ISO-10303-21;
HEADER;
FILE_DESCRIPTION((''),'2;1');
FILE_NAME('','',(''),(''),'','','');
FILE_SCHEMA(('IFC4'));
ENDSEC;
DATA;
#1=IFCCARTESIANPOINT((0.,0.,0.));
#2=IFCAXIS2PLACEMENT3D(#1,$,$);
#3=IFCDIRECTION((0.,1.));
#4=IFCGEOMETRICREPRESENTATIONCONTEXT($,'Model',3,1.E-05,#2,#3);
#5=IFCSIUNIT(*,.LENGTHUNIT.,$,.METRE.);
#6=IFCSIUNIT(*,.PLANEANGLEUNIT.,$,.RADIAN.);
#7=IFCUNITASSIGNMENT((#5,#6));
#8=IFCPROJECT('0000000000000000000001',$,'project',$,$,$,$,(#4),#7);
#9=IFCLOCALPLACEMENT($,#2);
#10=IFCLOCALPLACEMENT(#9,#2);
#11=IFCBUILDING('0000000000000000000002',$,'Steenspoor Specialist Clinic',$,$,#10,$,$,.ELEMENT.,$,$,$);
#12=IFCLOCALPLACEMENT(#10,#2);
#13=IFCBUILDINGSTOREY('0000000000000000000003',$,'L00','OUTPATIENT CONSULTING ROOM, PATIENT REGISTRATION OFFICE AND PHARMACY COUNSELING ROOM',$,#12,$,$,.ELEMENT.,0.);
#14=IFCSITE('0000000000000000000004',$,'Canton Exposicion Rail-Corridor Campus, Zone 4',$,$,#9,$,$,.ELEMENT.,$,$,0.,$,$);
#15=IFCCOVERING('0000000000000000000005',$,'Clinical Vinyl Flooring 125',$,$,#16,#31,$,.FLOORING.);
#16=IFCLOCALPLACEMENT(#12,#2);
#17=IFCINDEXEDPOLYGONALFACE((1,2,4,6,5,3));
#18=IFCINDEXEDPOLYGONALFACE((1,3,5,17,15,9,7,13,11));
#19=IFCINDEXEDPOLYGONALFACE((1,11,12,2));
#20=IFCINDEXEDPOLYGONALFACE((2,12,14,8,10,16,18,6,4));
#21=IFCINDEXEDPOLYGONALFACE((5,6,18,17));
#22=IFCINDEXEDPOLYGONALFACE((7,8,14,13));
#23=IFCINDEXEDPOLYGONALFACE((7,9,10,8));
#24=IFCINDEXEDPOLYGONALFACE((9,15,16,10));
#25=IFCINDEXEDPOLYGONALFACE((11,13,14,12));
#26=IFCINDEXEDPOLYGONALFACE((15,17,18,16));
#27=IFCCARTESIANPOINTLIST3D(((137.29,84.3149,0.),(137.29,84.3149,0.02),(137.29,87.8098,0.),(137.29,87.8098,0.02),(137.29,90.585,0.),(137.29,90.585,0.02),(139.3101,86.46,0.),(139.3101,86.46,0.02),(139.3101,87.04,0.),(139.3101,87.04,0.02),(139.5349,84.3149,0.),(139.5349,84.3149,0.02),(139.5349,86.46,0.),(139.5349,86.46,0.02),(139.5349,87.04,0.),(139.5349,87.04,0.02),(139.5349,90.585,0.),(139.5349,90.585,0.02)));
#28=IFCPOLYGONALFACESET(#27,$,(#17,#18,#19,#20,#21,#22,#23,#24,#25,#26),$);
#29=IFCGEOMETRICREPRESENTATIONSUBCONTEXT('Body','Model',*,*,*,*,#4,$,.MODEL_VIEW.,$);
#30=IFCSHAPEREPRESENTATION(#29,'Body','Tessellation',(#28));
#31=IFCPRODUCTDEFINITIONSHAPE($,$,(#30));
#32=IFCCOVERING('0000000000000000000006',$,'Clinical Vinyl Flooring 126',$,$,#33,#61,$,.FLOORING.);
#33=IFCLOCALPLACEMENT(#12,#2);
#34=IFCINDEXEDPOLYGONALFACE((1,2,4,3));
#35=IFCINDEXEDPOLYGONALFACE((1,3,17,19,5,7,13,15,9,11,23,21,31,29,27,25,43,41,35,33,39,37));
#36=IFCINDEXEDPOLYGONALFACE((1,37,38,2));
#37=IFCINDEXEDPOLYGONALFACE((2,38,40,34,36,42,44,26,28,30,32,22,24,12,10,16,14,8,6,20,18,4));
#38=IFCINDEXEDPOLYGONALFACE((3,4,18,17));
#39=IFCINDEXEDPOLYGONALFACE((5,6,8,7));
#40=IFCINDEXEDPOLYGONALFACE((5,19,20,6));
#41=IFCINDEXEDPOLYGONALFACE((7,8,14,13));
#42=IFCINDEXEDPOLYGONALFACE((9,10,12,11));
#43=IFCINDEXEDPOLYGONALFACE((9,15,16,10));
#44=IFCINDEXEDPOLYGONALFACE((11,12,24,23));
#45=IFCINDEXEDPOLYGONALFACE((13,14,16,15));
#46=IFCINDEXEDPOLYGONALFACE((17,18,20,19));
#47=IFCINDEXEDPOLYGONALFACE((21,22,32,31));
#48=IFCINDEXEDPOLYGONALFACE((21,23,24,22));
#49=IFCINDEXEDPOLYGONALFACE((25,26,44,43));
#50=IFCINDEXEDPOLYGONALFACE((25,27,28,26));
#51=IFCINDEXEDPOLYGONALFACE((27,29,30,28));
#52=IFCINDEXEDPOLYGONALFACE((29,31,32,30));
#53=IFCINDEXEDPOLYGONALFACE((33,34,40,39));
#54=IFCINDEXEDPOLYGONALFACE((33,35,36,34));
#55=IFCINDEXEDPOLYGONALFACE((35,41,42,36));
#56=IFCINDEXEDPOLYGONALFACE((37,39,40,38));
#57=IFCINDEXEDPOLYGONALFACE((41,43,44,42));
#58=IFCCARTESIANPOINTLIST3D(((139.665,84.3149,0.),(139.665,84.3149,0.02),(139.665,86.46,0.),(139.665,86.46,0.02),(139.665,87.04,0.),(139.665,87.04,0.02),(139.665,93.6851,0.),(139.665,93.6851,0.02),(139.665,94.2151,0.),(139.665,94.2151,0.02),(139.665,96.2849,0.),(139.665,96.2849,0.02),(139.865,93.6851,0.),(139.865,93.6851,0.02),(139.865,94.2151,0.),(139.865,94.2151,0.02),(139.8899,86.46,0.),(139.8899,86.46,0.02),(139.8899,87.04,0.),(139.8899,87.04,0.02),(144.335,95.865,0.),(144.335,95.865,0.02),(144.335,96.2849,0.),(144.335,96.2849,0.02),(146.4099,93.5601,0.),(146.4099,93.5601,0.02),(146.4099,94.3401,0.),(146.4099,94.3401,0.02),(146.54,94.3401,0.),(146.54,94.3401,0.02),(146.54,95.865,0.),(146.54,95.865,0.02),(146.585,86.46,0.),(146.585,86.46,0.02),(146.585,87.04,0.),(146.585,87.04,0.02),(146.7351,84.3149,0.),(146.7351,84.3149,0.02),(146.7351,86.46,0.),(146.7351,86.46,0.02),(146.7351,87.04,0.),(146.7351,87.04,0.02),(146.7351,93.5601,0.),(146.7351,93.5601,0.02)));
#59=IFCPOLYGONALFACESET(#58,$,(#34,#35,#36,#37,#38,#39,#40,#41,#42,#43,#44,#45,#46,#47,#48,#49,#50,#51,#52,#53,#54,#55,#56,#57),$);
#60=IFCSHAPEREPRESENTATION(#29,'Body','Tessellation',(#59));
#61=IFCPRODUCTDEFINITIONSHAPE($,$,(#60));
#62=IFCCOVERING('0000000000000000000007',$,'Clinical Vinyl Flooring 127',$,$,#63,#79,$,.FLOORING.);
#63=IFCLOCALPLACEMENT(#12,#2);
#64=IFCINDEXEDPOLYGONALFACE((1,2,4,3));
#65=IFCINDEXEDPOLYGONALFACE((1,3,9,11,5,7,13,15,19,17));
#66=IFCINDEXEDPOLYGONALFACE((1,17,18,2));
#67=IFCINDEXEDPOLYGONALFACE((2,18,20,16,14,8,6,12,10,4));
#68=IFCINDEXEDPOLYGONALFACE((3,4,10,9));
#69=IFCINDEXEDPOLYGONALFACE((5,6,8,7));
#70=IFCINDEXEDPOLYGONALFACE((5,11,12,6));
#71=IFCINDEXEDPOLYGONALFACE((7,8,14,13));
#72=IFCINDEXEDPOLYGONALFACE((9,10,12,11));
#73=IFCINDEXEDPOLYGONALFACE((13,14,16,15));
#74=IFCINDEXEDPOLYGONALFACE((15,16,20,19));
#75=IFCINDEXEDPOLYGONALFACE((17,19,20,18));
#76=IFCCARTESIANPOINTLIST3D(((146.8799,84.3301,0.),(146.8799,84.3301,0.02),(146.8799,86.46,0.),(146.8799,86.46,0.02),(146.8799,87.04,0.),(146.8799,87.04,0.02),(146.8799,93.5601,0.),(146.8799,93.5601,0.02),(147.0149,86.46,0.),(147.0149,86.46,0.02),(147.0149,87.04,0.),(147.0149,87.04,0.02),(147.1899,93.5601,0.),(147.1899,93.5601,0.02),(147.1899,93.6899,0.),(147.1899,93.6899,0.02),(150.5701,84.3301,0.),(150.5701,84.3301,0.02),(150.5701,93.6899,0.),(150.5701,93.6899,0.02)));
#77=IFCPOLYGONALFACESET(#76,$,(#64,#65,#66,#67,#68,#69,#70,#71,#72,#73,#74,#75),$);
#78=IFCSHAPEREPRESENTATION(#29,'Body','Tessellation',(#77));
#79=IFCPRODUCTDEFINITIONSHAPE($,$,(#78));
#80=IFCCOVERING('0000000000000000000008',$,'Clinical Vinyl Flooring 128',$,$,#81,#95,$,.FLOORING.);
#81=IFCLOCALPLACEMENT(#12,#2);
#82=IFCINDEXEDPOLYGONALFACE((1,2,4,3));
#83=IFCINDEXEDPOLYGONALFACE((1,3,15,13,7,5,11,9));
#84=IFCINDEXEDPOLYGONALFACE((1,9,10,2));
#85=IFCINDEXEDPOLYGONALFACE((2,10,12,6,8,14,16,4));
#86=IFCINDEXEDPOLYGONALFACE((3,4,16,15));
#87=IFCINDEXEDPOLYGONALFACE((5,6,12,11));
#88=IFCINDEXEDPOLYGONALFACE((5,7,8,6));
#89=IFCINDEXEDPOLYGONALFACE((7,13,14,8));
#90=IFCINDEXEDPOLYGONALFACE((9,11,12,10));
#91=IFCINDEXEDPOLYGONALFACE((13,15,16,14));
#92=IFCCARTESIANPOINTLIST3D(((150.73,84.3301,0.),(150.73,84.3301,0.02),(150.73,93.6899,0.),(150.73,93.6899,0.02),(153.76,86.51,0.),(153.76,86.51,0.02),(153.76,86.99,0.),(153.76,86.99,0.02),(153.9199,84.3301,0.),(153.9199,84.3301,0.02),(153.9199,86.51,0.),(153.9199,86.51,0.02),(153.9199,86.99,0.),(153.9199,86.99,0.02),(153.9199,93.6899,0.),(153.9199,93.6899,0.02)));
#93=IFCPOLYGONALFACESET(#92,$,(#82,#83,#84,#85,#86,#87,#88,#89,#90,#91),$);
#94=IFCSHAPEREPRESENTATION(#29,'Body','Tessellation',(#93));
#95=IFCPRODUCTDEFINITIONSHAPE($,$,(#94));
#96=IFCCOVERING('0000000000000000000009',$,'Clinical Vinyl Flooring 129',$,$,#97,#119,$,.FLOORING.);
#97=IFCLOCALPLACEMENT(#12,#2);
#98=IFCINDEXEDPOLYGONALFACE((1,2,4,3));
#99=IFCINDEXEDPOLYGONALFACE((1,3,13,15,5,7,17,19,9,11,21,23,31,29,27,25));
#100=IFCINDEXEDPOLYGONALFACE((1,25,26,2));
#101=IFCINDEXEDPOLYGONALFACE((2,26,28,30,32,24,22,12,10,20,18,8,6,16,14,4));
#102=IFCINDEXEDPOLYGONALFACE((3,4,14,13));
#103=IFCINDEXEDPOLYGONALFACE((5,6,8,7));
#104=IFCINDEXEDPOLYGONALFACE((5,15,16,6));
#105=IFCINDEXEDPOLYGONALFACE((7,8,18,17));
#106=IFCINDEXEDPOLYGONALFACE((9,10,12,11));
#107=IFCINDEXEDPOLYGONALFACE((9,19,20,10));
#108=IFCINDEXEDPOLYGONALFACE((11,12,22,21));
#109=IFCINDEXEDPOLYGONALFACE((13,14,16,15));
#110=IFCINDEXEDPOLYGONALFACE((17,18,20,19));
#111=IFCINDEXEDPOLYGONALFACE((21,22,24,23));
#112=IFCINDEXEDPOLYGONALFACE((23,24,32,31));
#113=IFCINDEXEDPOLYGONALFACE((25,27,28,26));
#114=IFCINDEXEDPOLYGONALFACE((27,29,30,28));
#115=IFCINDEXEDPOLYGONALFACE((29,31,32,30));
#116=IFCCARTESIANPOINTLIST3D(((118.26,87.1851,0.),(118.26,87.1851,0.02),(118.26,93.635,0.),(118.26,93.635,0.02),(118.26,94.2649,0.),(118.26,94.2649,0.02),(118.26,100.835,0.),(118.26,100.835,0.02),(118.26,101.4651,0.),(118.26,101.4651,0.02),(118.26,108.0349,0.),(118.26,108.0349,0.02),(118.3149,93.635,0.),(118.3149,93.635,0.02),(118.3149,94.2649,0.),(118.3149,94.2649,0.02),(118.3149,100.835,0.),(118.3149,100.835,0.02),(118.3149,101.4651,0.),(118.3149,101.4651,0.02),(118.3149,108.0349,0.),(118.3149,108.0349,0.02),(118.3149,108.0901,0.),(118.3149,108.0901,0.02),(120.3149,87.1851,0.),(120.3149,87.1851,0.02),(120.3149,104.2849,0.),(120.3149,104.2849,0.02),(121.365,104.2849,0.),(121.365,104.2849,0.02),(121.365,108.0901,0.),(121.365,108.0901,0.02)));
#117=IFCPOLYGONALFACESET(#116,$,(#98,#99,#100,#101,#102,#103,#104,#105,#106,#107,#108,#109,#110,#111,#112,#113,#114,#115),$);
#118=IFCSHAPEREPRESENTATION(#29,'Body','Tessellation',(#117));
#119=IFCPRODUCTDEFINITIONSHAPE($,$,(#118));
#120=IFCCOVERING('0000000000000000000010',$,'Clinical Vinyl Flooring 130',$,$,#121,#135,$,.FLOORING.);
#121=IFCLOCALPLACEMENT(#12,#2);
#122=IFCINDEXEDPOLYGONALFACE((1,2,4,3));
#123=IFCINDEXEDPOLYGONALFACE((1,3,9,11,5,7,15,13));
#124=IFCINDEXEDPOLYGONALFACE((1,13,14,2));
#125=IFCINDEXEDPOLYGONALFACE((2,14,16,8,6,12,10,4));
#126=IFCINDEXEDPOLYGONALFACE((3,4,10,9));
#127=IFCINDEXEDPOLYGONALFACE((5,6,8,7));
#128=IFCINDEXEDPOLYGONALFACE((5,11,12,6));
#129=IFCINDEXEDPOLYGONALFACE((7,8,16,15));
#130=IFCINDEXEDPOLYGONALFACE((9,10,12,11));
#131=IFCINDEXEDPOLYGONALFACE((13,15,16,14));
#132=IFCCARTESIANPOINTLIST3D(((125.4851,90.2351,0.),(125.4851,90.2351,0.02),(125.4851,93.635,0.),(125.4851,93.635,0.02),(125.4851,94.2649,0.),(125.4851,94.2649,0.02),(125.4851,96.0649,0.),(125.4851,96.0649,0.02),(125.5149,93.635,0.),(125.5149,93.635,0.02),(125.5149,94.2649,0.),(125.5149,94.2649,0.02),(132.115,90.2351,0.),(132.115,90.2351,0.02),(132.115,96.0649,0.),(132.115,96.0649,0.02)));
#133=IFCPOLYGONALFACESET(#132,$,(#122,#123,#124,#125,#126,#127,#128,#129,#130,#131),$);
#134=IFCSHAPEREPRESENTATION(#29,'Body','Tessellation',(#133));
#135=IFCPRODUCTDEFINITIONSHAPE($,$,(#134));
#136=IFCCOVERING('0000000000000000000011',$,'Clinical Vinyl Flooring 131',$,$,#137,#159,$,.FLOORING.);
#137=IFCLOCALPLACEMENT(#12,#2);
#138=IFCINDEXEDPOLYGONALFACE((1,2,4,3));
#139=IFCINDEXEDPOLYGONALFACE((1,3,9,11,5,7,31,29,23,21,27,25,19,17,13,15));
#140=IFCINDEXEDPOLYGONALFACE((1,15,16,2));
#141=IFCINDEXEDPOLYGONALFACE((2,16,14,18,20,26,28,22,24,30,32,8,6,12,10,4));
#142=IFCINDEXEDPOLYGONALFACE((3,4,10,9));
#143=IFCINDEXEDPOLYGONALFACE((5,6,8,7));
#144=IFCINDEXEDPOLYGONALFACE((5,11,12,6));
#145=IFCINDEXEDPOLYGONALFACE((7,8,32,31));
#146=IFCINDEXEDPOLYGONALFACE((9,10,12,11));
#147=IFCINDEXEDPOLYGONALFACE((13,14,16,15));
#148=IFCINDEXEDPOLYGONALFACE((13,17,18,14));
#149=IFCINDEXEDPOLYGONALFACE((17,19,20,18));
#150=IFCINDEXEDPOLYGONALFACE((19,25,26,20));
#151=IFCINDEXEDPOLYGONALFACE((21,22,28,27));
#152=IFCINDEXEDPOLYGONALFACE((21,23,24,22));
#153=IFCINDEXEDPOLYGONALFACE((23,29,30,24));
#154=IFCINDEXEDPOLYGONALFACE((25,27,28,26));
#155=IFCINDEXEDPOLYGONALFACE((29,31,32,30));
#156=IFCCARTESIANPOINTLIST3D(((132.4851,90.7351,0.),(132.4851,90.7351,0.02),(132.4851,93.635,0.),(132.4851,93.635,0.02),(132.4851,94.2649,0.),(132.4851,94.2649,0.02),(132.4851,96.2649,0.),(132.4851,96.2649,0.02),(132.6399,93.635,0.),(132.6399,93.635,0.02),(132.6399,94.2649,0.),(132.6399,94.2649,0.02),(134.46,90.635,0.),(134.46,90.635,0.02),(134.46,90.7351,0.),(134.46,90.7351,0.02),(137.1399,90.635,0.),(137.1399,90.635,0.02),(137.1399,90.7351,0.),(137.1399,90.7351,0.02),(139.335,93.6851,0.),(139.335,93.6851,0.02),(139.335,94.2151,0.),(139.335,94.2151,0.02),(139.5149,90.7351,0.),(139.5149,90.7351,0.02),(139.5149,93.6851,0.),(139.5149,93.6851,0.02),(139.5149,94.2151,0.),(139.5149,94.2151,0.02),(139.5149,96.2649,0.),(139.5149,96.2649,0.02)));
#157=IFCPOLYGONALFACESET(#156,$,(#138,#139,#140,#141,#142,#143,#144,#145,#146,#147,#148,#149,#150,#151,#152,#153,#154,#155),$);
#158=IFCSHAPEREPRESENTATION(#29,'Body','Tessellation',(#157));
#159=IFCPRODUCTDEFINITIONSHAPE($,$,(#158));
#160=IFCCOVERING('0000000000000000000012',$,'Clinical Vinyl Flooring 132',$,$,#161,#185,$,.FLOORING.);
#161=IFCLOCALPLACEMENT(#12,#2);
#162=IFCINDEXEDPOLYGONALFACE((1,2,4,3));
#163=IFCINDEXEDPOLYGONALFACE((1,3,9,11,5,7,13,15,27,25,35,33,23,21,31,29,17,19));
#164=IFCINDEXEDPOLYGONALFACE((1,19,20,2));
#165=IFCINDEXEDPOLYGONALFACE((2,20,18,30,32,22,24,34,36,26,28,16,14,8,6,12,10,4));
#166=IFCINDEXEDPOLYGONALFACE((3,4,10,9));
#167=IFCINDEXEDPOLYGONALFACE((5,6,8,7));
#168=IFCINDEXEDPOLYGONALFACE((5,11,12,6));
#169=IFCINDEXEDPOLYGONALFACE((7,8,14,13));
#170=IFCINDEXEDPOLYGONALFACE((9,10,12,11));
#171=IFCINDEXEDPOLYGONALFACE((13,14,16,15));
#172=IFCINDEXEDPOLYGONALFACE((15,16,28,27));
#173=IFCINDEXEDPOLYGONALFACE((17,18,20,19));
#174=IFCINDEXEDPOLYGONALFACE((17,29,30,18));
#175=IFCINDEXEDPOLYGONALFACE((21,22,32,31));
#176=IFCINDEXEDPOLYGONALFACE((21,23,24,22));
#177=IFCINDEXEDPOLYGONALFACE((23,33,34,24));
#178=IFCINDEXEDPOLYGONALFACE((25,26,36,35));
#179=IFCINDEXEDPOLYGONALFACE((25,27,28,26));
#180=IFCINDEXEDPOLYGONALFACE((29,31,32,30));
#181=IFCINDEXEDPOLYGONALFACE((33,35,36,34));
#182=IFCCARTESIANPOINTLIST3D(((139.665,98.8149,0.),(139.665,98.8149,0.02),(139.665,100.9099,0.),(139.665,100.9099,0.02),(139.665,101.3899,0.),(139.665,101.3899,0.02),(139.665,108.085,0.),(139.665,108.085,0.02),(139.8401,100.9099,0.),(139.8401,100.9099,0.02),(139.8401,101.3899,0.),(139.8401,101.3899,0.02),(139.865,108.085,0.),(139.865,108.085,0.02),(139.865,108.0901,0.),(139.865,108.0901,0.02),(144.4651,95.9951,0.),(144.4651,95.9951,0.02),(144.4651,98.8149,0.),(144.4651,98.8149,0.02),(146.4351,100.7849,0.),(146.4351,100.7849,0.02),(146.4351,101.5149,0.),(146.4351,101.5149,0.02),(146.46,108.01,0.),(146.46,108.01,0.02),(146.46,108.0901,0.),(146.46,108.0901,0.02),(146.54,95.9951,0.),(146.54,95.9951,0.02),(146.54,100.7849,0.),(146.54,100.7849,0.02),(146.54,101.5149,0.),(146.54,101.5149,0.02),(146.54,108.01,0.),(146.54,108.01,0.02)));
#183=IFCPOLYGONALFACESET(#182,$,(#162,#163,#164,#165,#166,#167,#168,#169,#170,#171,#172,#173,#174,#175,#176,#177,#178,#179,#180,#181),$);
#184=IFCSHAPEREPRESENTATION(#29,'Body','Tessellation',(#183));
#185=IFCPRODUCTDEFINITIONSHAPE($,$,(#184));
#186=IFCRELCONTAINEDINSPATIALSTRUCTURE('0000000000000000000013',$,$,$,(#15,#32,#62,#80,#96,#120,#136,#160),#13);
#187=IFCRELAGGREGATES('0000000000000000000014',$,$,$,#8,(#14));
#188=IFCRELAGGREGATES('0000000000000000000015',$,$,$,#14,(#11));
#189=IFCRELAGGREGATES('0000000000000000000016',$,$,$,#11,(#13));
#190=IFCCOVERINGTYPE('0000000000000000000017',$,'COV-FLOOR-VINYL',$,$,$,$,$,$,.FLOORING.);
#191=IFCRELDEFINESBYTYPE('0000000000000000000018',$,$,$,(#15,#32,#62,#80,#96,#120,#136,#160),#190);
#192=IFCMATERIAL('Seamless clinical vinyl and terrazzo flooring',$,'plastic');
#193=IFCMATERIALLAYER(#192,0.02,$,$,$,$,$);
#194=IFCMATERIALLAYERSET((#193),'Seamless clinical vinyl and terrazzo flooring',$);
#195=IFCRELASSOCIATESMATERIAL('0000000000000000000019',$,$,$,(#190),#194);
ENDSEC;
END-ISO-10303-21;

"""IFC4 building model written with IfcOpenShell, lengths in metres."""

from ifc_helpers import new_model, si_unit, direction, origin, place, context, subcontext, project, spatial, polyline, outline, extrude, material, layer, layer_set, type_object, element, save


model = new_model("IFC4")

# Units and contexts
model_context = context("Model", 3, precision=1e-05, world=origin(), true_north=direction((0.0, 1.0)))
body_context = subcontext(model_context, "Body", "Model", "MODEL_VIEW")
ifc_project = project(units=[si_unit("LENGTHUNIT", "METRE"), si_unit("PLANEANGLEUNIT", "RADIAN")], contexts=[model_context])

# Site, building, storey
site_placement = place(None, origin())
site = spatial("IfcSite", under=ifc_project, at=site_placement, Name="Canton Exposicion Rail-Corridor Campus, Zone 4", CompositionType="ELEMENT", RefElevation=0.0)
building_placement = place(site_placement, origin())
building = spatial("IfcBuilding", under=site, at=building_placement, Name="Steenspoor Specialist Clinic", CompositionType="ELEMENT")
storey_placement = place(building_placement, origin())
storey = spatial("IfcBuildingStorey", under=building, at=storey_placement, Name="L00", Description="OUTPATIENT CONSULTING ROOM, PATIENT REGISTRATION OFFICE AND PHARMACY COUNSELING ROOM", CompositionType="ELEMENT", Elevation=0.0)

# Coverings
ifc_material_1 = material(Name="Seamless clinical vinyl and terrazzo flooring", Category="plastic")
ifc_layer_1 = layer(ifc_material_1, 0.02)
ifc_layer_set_1 = layer_set([ifc_layer_1], Name="Seamless clinical vinyl and terrazzo flooring")
covering_type_1 = type_object("IfcCoveringType", Name="COV-FLOOR-VINYL", PredefinedType="FLOORING", material=ifc_layer_set_1)
covering_1_placement = place(storey_placement, origin())
element("IfcCovering", 1, at=covering_1_placement, inside=storey, type_object=covering_type_1, Name="Clinical Vinyl Flooring 125", PredefinedType="FLOORING", context=body_context, shape_type="SweptSolid", body=[
    extrude(outline(polyline([(137.29, 90.585), (139.5349, 90.585), (139.5349, 87.04), (139.3101, 87.04), (139.3101, 86.46), (139.5349, 86.46), (139.5349, 84.3149), (137.29, 84.3149), (137.29, 87.8098), (137.29, 90.585)])), origin(), (0.0, 0.0, 1.0), 0.02),
])
covering_2_placement = place(storey_placement, origin())
element("IfcCovering", 2, at=covering_2_placement, inside=storey, type_object=covering_type_1, Name="Clinical Vinyl Flooring 126", PredefinedType="FLOORING", context=body_context, shape_type="SweptSolid", body=[
    extrude(outline(polyline([(139.665, 84.3149), (139.665, 86.46), (139.8899, 86.46), (139.8899, 87.04), (139.665, 87.04), (139.665, 93.6851), (139.865, 93.6851), (139.865, 94.2151), (139.665, 94.2151), (139.665, 96.2849), (144.335, 96.2849), (144.335, 95.865), (146.54, 95.865), (146.54, 94.3401), (146.4099, 94.3401), (146.4099, 93.5601), (146.7351, 93.5601), (146.7351, 87.04), (146.585, 87.04), (146.585, 86.46), (146.7351, 86.46), (146.7351, 84.3149), (139.665, 84.3149)])), origin(), (0.0, 0.0, 1.0), 0.02),
])
covering_3_placement = place(storey_placement, origin())
element("IfcCovering", 3, at=covering_3_placement, inside=storey, type_object=covering_type_1, Name="Clinical Vinyl Flooring 127", PredefinedType="FLOORING", context=body_context, shape_type="SweptSolid", body=[
    extrude(outline(polyline([(146.8799, 84.3301), (146.8799, 86.46), (147.0149, 86.46), (147.0149, 87.04), (146.8799, 87.04), (146.8799, 93.5601), (147.1899, 93.5601), (147.1899, 93.6899), (150.5701, 93.6899), (150.5701, 84.3301), (146.8799, 84.3301)])), origin(), (0.0, 0.0, 1.0), 0.02),
])
covering_4_placement = place(storey_placement, origin())
element("IfcCovering", 4, at=covering_4_placement, inside=storey, type_object=covering_type_1, Name="Clinical Vinyl Flooring 128", PredefinedType="FLOORING", context=body_context, shape_type="SweptSolid", body=[
    extrude(outline(polyline([(150.73, 84.3301), (150.73, 93.6899), (153.9199, 93.6899), (153.9199, 86.99), (153.76, 86.99), (153.76, 86.51), (153.9199, 86.51), (153.9199, 84.3301), (150.73, 84.3301)])), origin(), (0.0, 0.0, 1.0), 0.02),
])
covering_5_placement = place(storey_placement, origin())
element("IfcCovering", 5, at=covering_5_placement, inside=storey, type_object=covering_type_1, Name="Clinical Vinyl Flooring 129", PredefinedType="FLOORING", context=body_context, shape_type="SweptSolid", body=[
    extrude(outline(polyline([(120.3149, 87.1851), (118.26, 87.1851), (118.26, 93.635), (118.3149, 93.635), (118.3149, 94.2649), (118.26, 94.2649), (118.26, 100.835), (118.3149, 100.835), (118.3149, 101.4651), (118.26, 101.4651), (118.26, 108.0349), (118.3149, 108.0349), (118.3149, 108.0901), (121.365, 108.0901), (121.365, 104.2849), (120.3149, 104.2849), (120.3149, 87.1851)])), origin(), (0.0, 0.0, 1.0), 0.02),
])
covering_6_placement = place(storey_placement, origin())
element("IfcCovering", 6, at=covering_6_placement, inside=storey, type_object=covering_type_1, Name="Clinical Vinyl Flooring 130", PredefinedType="FLOORING", context=body_context, shape_type="SweptSolid", body=[
    extrude(outline(polyline([(125.4851, 90.2351), (125.4851, 93.635), (125.5149, 93.635), (125.5149, 94.2649), (125.4851, 94.2649), (125.4851, 96.0649), (132.115, 96.0649), (132.115, 90.2351), (125.4851, 90.2351)])), origin(), (0.0, 0.0, 1.0), 0.02),
])
covering_7_placement = place(storey_placement, origin())
element("IfcCovering", 7, at=covering_7_placement, inside=storey, type_object=covering_type_1, Name="Clinical Vinyl Flooring 131", PredefinedType="FLOORING", context=body_context, shape_type="SweptSolid", body=[
    extrude(outline(polyline([(134.46, 90.7351), (132.4851, 90.7351), (132.4851, 93.635), (132.6399, 93.635), (132.6399, 94.2649), (132.4851, 94.2649), (132.4851, 96.2649), (139.5149, 96.2649), (139.5149, 94.2151), (139.335, 94.2151), (139.335, 93.6851), (139.5149, 93.6851), (139.5149, 90.7351), (137.1399, 90.7351), (137.1399, 90.635), (134.46, 90.635), (134.46, 90.7351)])), origin(), (0.0, 0.0, 1.0), 0.02),
])
covering_8_placement = place(storey_placement, origin())
element("IfcCovering", 8, at=covering_8_placement, inside=storey, type_object=covering_type_1, Name="Clinical Vinyl Flooring 132", PredefinedType="FLOORING", context=body_context, shape_type="SweptSolid", body=[
    extrude(outline(polyline([(139.665, 100.9099), (139.8401, 100.9099), (139.8401, 101.3899), (139.665, 101.3899), (139.665, 108.085), (139.865, 108.085), (139.865, 108.0901), (146.46, 108.0901), (146.46, 108.01), (146.54, 108.01), (146.54, 101.5149), (146.4351, 101.5149), (146.4351, 100.7849), (146.54, 100.7849), (146.54, 95.9951), (144.4651, 95.9951), (144.4651, 98.8149), (139.665, 98.8149), (139.665, 100.9099)])), origin(), (0.0, 0.0, 1.0), 0.02),
])

save(model, "model.ifc")
